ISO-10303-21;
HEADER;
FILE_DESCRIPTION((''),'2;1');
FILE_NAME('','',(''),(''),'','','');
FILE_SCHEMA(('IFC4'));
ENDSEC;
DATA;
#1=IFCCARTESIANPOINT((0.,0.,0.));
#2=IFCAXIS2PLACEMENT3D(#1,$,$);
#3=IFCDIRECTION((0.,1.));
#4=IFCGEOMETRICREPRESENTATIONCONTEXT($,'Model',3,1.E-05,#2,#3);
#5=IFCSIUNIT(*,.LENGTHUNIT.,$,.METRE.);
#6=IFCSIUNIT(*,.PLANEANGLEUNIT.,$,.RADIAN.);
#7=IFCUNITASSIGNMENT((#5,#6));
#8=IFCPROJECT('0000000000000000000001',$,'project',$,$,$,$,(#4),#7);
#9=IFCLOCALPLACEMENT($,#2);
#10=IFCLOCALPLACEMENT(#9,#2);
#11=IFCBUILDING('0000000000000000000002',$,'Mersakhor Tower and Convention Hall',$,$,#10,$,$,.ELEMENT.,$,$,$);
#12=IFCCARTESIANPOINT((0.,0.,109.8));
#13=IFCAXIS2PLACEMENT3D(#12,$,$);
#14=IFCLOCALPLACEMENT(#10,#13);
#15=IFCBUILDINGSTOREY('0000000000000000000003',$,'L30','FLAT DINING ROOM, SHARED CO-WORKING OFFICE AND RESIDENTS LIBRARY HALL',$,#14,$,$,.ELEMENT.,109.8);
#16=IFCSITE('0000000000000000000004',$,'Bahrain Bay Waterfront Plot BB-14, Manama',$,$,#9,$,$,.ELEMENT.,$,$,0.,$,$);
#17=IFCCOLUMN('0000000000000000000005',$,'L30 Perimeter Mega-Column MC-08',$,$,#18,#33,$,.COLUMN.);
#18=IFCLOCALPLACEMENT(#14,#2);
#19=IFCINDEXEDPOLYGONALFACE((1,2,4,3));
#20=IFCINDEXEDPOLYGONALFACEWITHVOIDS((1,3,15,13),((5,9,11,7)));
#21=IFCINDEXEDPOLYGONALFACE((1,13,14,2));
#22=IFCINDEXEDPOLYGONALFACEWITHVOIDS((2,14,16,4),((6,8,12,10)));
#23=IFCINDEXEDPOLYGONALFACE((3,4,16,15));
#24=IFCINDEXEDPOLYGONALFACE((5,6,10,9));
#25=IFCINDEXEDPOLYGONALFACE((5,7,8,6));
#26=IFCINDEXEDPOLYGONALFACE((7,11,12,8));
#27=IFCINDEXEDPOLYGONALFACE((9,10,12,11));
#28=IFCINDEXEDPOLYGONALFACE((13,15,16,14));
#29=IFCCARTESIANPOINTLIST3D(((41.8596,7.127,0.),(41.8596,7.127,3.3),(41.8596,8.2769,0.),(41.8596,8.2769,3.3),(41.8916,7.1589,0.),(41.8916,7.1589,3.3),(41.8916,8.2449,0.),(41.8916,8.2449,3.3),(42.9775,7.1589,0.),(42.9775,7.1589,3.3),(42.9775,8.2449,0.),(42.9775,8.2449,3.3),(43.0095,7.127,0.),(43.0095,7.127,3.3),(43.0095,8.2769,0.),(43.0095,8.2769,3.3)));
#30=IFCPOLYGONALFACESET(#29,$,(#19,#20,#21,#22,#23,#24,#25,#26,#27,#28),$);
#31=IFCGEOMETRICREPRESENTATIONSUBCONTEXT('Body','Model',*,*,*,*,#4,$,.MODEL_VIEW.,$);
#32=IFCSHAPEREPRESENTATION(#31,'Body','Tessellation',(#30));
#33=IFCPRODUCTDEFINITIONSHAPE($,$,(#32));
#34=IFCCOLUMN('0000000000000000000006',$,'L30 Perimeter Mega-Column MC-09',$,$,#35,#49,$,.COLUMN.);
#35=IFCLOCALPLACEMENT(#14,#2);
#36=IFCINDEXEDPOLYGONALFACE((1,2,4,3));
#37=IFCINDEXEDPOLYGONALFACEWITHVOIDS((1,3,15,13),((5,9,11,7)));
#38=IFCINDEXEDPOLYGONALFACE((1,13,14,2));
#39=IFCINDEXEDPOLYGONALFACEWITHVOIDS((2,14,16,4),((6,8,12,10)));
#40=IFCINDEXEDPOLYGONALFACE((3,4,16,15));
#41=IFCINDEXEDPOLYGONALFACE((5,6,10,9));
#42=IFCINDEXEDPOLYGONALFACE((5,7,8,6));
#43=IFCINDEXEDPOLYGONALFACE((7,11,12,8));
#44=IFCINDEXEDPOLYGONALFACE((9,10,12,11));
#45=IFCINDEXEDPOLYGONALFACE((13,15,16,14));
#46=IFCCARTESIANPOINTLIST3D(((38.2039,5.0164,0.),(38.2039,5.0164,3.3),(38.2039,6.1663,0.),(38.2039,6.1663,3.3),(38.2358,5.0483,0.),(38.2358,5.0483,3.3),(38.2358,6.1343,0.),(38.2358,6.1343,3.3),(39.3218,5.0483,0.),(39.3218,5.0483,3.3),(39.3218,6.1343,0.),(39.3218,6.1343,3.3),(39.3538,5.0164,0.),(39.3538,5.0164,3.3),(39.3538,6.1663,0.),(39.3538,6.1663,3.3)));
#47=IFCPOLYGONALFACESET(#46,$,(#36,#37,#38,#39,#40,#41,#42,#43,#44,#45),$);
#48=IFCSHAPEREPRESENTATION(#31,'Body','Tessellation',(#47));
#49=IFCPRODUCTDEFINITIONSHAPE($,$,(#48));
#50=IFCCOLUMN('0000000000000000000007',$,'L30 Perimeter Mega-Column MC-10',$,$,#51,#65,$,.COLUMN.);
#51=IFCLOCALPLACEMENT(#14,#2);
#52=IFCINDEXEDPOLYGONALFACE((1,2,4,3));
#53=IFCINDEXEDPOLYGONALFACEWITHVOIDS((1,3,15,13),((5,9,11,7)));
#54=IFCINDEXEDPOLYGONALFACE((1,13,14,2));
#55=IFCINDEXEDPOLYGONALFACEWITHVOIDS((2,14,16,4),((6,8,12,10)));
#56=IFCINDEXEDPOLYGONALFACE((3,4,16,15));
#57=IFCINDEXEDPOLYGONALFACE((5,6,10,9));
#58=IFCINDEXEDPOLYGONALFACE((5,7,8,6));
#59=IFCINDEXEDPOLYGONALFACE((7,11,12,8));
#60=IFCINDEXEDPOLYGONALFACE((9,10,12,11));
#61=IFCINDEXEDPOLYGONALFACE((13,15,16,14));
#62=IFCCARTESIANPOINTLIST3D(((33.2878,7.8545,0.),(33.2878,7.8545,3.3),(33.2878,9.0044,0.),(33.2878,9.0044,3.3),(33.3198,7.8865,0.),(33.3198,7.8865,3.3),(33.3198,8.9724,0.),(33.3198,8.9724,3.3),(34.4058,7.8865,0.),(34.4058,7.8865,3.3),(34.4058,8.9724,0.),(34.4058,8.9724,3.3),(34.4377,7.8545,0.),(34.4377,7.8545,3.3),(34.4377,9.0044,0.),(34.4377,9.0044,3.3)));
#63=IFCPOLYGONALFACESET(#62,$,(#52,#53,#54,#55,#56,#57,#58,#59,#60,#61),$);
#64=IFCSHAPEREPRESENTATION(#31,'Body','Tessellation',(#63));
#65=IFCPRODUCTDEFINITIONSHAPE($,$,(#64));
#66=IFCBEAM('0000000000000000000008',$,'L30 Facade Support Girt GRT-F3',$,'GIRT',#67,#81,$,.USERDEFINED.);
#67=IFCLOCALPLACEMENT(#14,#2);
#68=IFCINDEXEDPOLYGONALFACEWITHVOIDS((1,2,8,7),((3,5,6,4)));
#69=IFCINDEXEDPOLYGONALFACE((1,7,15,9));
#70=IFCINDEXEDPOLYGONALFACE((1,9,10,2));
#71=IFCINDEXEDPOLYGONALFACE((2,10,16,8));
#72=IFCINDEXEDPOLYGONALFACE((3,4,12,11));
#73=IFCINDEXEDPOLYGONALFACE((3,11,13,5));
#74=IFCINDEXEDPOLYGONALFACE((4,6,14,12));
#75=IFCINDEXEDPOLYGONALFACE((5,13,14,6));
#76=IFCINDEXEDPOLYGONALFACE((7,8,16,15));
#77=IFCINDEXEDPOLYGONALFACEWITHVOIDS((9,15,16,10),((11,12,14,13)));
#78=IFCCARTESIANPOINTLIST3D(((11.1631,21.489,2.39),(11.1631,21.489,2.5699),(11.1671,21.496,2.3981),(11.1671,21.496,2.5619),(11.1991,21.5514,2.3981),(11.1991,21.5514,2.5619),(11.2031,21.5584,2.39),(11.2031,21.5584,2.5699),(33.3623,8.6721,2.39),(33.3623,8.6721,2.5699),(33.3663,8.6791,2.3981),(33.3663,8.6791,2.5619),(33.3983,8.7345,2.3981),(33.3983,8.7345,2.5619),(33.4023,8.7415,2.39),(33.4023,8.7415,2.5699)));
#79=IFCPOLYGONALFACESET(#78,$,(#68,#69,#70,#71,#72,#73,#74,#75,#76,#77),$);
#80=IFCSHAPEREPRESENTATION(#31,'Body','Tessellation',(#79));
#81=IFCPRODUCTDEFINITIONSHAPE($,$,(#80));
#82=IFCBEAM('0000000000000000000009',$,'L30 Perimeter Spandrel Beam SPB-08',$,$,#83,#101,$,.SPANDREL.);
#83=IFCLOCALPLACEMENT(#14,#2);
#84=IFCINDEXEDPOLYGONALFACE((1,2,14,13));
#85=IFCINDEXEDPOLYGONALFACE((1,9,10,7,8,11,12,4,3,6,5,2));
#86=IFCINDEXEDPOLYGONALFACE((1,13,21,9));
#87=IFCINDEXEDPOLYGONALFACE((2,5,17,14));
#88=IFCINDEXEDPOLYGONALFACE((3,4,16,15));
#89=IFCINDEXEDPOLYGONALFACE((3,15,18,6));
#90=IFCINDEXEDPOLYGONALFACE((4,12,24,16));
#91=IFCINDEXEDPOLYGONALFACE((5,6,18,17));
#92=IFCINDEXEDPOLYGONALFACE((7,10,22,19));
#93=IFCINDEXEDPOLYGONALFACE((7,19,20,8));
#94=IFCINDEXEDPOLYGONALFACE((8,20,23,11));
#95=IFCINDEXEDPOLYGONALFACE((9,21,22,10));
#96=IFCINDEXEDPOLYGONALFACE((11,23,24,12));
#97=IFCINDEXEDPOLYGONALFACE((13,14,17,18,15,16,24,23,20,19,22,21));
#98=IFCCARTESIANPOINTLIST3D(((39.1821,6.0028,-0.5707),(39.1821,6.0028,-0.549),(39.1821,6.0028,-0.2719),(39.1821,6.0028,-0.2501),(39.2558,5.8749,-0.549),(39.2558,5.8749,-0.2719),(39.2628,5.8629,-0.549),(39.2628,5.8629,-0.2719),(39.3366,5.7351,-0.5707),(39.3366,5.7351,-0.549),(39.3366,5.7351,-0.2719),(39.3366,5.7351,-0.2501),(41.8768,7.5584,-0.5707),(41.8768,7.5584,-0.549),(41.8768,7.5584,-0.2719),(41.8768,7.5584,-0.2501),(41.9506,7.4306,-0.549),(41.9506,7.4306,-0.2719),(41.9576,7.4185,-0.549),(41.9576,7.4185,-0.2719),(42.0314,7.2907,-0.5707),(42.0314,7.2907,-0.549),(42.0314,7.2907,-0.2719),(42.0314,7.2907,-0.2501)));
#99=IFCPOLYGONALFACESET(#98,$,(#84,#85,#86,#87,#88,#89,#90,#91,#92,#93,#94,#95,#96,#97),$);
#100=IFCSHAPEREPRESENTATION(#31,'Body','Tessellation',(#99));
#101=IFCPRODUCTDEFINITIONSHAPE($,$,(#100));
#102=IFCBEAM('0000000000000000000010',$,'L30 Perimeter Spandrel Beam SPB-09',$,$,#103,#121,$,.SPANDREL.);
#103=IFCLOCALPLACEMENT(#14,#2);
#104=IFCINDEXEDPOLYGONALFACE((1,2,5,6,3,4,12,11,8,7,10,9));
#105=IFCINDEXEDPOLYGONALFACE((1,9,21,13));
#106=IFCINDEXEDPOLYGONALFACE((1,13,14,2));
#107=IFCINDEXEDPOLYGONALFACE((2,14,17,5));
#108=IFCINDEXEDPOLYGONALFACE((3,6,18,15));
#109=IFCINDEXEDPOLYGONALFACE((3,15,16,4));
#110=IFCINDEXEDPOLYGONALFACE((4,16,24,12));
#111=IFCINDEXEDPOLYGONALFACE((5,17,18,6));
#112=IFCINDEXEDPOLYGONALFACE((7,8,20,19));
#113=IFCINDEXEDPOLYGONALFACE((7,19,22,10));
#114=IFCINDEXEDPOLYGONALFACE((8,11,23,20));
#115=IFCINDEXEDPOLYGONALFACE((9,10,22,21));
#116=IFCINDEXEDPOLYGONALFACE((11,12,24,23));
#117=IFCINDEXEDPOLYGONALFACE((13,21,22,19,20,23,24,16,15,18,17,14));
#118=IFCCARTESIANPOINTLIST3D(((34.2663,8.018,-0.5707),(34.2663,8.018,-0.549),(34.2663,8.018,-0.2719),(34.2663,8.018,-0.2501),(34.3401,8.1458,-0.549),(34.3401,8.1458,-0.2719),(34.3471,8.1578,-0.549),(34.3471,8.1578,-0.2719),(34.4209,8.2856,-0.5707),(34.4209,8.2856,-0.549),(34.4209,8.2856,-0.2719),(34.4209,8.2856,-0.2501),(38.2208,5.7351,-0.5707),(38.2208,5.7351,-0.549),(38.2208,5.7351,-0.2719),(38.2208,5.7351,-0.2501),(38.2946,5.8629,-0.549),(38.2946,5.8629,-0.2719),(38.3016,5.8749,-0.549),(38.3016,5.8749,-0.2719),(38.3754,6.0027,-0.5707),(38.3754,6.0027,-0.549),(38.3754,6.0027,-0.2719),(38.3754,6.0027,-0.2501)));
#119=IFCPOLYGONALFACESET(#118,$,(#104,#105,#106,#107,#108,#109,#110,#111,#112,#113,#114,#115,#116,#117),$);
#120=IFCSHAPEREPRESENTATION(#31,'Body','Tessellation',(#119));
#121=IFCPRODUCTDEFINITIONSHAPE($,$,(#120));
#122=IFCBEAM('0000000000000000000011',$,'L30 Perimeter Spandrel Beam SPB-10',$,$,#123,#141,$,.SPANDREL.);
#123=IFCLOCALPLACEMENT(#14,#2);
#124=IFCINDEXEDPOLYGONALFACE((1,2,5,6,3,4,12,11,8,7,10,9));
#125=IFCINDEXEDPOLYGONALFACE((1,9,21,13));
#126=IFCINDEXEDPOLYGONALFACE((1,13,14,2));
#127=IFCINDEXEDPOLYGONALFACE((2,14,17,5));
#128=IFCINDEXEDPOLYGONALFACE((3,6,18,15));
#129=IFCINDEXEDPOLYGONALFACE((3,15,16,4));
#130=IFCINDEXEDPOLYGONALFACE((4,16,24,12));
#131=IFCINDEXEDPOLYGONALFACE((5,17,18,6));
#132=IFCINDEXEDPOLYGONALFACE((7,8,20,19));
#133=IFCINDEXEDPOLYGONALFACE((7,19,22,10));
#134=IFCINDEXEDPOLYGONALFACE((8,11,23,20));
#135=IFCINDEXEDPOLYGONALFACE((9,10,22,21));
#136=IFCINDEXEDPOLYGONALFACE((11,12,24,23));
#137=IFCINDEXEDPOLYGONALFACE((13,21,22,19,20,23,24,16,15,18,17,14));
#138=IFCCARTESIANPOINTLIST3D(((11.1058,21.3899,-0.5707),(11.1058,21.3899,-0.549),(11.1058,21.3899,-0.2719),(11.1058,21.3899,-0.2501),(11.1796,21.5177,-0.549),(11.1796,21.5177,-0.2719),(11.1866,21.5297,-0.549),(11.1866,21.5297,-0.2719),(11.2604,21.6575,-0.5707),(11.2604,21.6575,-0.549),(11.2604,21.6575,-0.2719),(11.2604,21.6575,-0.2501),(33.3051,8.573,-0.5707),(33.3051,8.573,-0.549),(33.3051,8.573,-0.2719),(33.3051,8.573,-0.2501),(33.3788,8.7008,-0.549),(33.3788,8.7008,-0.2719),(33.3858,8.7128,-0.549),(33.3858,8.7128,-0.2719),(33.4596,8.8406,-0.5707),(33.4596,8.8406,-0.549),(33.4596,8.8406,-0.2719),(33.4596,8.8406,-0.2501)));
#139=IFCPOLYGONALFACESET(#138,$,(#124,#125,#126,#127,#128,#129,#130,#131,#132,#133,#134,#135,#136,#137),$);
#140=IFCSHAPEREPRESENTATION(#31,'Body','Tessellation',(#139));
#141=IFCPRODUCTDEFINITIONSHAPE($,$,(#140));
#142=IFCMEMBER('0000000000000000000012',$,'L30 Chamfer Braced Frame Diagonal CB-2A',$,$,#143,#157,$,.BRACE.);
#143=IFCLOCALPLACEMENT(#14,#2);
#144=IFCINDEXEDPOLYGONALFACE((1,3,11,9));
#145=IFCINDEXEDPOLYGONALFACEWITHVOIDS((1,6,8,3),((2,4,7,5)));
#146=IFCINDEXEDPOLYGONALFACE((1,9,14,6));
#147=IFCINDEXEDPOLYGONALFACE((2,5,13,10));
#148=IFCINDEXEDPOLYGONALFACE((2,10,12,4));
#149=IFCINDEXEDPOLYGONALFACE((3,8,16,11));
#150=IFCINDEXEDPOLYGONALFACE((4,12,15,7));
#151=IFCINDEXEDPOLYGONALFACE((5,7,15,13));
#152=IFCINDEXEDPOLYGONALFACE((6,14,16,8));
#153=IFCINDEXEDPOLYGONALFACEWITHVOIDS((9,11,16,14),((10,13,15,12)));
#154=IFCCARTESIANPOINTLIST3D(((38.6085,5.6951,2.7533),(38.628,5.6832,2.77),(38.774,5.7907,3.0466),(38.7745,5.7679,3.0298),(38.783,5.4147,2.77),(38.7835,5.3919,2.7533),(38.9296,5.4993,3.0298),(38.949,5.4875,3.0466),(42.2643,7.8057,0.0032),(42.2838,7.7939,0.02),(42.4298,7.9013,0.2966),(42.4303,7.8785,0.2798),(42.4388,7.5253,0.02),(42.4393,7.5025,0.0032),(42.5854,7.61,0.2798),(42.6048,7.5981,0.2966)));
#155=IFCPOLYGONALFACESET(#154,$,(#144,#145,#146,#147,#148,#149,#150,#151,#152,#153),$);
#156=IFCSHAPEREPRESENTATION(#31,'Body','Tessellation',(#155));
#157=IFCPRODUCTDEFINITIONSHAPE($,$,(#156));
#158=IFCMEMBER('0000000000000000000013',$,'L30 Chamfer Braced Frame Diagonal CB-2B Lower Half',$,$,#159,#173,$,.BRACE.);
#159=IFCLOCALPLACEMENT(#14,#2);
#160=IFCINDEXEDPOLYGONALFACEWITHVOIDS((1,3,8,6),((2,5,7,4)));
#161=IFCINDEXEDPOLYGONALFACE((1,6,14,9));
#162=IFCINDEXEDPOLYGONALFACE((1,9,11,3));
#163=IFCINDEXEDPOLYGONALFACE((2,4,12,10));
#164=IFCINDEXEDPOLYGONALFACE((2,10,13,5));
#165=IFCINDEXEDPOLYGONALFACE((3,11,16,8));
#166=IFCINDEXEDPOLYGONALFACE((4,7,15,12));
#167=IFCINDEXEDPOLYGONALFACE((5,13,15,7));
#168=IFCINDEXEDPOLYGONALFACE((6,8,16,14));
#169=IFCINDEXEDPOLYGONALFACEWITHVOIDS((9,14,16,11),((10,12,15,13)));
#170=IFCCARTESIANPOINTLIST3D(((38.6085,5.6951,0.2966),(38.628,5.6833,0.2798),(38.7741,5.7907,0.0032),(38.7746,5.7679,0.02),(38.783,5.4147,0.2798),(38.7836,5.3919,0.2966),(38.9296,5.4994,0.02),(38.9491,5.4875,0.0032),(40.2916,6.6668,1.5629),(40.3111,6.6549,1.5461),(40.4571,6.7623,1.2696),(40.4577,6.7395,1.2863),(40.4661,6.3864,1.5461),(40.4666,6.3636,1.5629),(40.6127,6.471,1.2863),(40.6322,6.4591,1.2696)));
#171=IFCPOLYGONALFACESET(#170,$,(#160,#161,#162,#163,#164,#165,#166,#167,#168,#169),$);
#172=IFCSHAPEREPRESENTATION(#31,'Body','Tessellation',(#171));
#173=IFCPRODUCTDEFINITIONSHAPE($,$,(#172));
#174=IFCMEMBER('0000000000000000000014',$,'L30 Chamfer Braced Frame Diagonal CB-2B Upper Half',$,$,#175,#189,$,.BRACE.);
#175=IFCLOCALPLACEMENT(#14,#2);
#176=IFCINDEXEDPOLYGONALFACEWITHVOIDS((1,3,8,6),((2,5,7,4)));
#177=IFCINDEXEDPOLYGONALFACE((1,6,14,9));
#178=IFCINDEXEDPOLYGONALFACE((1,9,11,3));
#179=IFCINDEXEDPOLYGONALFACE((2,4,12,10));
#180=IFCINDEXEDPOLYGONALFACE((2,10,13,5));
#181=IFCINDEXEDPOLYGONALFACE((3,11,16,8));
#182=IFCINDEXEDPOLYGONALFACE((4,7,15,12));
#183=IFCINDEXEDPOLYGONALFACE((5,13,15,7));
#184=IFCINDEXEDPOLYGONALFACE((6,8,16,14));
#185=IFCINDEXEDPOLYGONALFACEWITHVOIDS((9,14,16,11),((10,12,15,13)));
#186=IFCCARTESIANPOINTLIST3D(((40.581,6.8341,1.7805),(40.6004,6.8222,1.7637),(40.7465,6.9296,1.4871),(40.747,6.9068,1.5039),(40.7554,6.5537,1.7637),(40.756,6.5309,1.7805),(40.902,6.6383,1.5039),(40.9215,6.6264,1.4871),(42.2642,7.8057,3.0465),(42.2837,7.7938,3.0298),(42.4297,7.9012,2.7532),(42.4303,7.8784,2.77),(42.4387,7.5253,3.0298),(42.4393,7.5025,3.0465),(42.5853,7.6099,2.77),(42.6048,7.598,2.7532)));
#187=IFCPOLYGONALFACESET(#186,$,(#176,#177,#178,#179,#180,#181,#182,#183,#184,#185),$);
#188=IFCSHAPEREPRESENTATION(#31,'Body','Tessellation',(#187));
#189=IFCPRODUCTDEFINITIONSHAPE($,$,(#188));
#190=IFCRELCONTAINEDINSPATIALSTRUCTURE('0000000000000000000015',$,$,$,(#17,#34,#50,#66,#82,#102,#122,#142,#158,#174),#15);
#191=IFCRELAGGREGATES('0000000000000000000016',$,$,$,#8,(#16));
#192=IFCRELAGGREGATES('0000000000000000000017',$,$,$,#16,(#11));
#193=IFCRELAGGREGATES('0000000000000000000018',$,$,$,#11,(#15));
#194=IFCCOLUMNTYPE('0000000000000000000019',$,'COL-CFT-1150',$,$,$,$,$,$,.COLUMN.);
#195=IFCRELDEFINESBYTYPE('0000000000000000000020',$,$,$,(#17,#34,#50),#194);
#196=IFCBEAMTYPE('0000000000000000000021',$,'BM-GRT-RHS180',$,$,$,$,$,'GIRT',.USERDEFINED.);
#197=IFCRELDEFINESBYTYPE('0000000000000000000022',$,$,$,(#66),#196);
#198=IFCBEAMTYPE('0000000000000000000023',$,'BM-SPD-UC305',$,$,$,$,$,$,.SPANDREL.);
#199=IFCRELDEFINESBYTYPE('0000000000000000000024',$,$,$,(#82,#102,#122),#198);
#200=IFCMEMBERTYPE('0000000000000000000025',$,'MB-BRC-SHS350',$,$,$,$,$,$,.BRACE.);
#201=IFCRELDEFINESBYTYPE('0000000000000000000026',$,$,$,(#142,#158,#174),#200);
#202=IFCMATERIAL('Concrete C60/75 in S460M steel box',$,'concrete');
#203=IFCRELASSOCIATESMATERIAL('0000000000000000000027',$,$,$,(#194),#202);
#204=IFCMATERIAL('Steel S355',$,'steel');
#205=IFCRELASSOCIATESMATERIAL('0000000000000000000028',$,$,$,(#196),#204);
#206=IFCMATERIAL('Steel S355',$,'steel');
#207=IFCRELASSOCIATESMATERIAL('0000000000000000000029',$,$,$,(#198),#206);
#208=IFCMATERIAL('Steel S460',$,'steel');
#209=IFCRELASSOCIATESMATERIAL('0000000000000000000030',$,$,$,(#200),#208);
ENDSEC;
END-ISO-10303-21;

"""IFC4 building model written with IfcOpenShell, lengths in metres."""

from ifc_helpers import new_model, si_unit, direction, frame, origin, origin_2d, place, context, subcontext, project, spatial, hollow_rectangle, i_section, extrude, material, material_profile, profile_set, type_object, element, save


model = new_model("IFC4")

# Units and contexts
model_context = context("Model", 3, precision=1e-05, world=origin(), true_north=direction((0.0, 1.0)))
body_context = subcontext(model_context, "Body", "Model", "MODEL_VIEW")
ifc_project = project(units=[si_unit("LENGTHUNIT", "METRE"), si_unit("PLANEANGLEUNIT", "RADIAN")], contexts=[model_context])

# Site, building, storey
site_placement = place(None, origin())
site = spatial("IfcSite", under=ifc_project, at=site_placement, Name="Bahrain Bay Waterfront Plot BB-14, Manama", CompositionType="ELEMENT", RefElevation=0.0)
building_placement = place(site_placement, origin())
building = spatial("IfcBuilding", under=site, at=building_placement, Name="Mersakhor Tower and Convention Hall", CompositionType="ELEMENT")
storey_placement = place(building_placement, frame((0.0, 0.0, 109.8)))
storey = spatial("IfcBuildingStorey", under=building, at=storey_placement, Name="L30", Description="FLAT DINING ROOM, SHARED CO-WORKING OFFICE AND RESIDENTS LIBRARY HALL", CompositionType="ELEMENT", Elevation=109.8)

# Columns
ifc_material_1 = material(Name="Concrete C60/75 in S460M steel box", Category="concrete")
ifc_material_profile_1 = material_profile(ifc_material_1, hollow_rectangle(XDim=1.1499, YDim=1.1499, WallThickness=0.032, at=origin_2d()), Name="SHS 1150x1150x32")
ifc_profile_set_1 = profile_set([ifc_material_profile_1], Name="Concrete C60/75 in S460M steel box")
column_type = type_object("IfcColumnType", Name="COL-CFT-1150", PredefinedType="COLUMN", material=ifc_profile_set_1)
for number, where, z_axis, x_axis, name in (
    (1, (42.4346, 7.7019, 0.0), (0.0, 0.0, 1.0), (1.0, 0.0, 0.0), "L30 Perimeter Mega-Column MC-08"),
    (2, (38.7788, 5.5913, 0.0), (0.0, 0.0, 1.0), (1.0, 0.0, 0.0), "L30 Perimeter Mega-Column MC-09"),
    (3, (33.8628, 8.4294, 0.0), (0.0, 0.0, 1.0), (1.0, 0.0, 0.0), "L30 Perimeter Mega-Column MC-10"),
):
    element("IfcColumn", number, at=place(storey_placement, frame(where, z_axis=z_axis, x_axis=x_axis)), inside=storey, type_object=column_type, Name=name, PredefinedType="COLUMN", context=body_context, shape_type="SweptSolid", body=[
        extrude(hollow_rectangle(XDim=1.1499, YDim=1.1499, WallThickness=0.032, at=origin_2d()), origin(), (0.0, 0.0, 1.0), 3.3),
    ])

# Beams
ifc_material_2 = material(Name="Steel S355", Category="steel")
ifc_material_profile_2 = material_profile(ifc_material_2, hollow_rectangle(XDim=0.0801, YDim=0.1799, WallThickness=0.0081, at=origin_2d()), Name="RHS 180x80x8")
ifc_profile_set_2 = profile_set([ifc_material_profile_2], Name="Steel S355")
beam_type_1 = type_object("IfcBeamType", Name="BM-GRT-RHS180", ElementType="GIRT", PredefinedType="USERDEFINED", material=ifc_profile_set_2)
beam_1_placement = place(storey_placement, frame((33.3823, 8.7068, 2.48), z_axis=(-0.866023, 0.500005, 0.0), x_axis=(-0.500005, -0.866023, 0.0)))
element("IfcBeam", 4, at=beam_1_placement, inside=storey, type_object=beam_type_1, Name="L30 Facade Support Girt GRT-F3", ObjectType="GIRT", PredefinedType="USERDEFINED", context=body_context, shape_type="SweptSolid", body=[
    extrude(hollow_rectangle(XDim=0.0801, YDim=0.1799, WallThickness=0.0081, at=origin_2d()), origin(), (0.0, 0.0, 1.0), 25.6335),
])
ifc_material_3 = material(Name="Steel S355", Category="steel")
ifc_material_profile_3 = material_profile(ifc_material_3, i_section(OverallWidth=0.3091, OverallDepth=0.3206, WebThickness=0.0139, FlangeThickness=0.0217, at=origin_2d()), Name="UC 305x305x137")
ifc_profile_set_3 = profile_set([ifc_material_profile_3], Name="Steel S355")
beam_type_2 = type_object("IfcBeamType", Name="BM-SPD-UC305", PredefinedType="SPANDREL", material=ifc_profile_set_3)
beam_2_placement = place(storey_placement, frame((41.9541, 7.4246, -0.4104), z_axis=(-0.866052, -0.499953, 0.0), x_axis=(0.499953, -0.866052, 0.0)))
element("IfcBeam", 5, at=beam_2_placement, inside=storey, type_object=beam_type_2, Name="L30 Perimeter Spandrel Beam SPB-08", PredefinedType="SPANDREL", context=body_context, shape_type="SweptSolid", body=[
    extrude(i_section(OverallWidth=0.3091, OverallDepth=0.3206, WebThickness=0.0139, FlangeThickness=0.0217, at=origin_2d()), origin(), (0.0, 0.0, 1.0), 3.1116),
])
beam_3_placement = place(storey_placement, frame((38.2981, 5.8689, -0.4104), z_axis=(-0.866047, 0.499963, 0.0), x_axis=(-0.499963, -0.866047, 0.0)))
element("IfcBeam", 6, at=beam_3_placement, inside=storey, type_object=beam_type_2, Name="L30 Perimeter Spandrel Beam SPB-09", PredefinedType="SPANDREL", context=body_context, shape_type="SweptSolid", body=[
    extrude(i_section(OverallWidth=0.3091, OverallDepth=0.3206, WebThickness=0.0139, FlangeThickness=0.0217, at=origin_2d()), origin(), (0.0, 0.0, 1.0), 4.5662),
])
beam_4_placement = place(storey_placement, frame((33.3823, 8.7068, -0.4104), z_axis=(-0.866023, 0.500005, 0.0), x_axis=(-0.500005, -0.866023, 0.0)))
element("IfcBeam", 7, at=beam_4_placement, inside=storey, type_object=beam_type_2, Name="L30 Perimeter Spandrel Beam SPB-10", PredefinedType="SPANDREL", context=body_context, shape_type="SweptSolid", body=[
    extrude(i_section(OverallWidth=0.3091, OverallDepth=0.3206, WebThickness=0.0139, FlangeThickness=0.0217, at=origin_2d()), origin(), (0.0, 0.0, 1.0), 25.6335),
])

# Members
ifc_material_4 = material(Name="Steel S460", Category="steel")
ifc_material_profile_4 = material_profile(ifc_material_4, hollow_rectangle(XDim=0.3501, YDim=0.3501, WallThickness=0.02, at=origin_2d()), Name="SHS 350x350x20")
ifc_profile_set_4 = profile_set([ifc_material_profile_4], Name="Steel S460")
member_type = type_object("IfcMemberType", Name="MB-BRC-SHS350", PredefinedType="BRACE", material=ifc_profile_set_4)
member_placement = place(storey_placement, frame((42.4346, 7.7019, 0.1499), z_axis=(-0.725634, -0.418933, 0.545849), x_axis=(0.499989, -0.866031, 0.0)))
element("IfcMember", 8, at=member_placement, inside=storey, type_object=member_type, Name="L30 Chamfer Braced Frame Diagonal CB-2A", PredefinedType="BRACE", context=body_context, shape_type="SweptSolid", body=[
    extrude(hollow_rectangle(XDim=0.3501, YDim=0.3501, WallThickness=0.02, at=origin_2d()), origin(), (0.0, 0.0, 1.0), 5.0381),
])
for number, where, z_axis, x_axis, name in (
    (9, (38.7788, 5.5913, 0.1499), (0.725593, 0.418895, 0.545932), (-0.499976, 0.866039, 0.0), "L30 Chamfer Braced Frame Diagonal CB-2B Lower Half"),
    (10, (40.7512, 6.7302, 1.6338), (0.725685, 0.418887, 0.545816), (-0.499922, 0.866071, 0.0), "L30 Chamfer Braced Frame Diagonal CB-2B Upper Half"),
):
    element("IfcMember", number, at=place(storey_placement, frame(where, z_axis=z_axis, x_axis=x_axis)), inside=storey, type_object=member_type, Name=name, PredefinedType="BRACE", context=body_context, shape_type="SweptSolid", body=[
        extrude(hollow_rectangle(XDim=0.3501, YDim=0.3501, WallThickness=0.02, at=origin_2d()), origin(), (0.0, 0.0, 1.0), 2.3196),
    ])

save(model, "model.ifc")
